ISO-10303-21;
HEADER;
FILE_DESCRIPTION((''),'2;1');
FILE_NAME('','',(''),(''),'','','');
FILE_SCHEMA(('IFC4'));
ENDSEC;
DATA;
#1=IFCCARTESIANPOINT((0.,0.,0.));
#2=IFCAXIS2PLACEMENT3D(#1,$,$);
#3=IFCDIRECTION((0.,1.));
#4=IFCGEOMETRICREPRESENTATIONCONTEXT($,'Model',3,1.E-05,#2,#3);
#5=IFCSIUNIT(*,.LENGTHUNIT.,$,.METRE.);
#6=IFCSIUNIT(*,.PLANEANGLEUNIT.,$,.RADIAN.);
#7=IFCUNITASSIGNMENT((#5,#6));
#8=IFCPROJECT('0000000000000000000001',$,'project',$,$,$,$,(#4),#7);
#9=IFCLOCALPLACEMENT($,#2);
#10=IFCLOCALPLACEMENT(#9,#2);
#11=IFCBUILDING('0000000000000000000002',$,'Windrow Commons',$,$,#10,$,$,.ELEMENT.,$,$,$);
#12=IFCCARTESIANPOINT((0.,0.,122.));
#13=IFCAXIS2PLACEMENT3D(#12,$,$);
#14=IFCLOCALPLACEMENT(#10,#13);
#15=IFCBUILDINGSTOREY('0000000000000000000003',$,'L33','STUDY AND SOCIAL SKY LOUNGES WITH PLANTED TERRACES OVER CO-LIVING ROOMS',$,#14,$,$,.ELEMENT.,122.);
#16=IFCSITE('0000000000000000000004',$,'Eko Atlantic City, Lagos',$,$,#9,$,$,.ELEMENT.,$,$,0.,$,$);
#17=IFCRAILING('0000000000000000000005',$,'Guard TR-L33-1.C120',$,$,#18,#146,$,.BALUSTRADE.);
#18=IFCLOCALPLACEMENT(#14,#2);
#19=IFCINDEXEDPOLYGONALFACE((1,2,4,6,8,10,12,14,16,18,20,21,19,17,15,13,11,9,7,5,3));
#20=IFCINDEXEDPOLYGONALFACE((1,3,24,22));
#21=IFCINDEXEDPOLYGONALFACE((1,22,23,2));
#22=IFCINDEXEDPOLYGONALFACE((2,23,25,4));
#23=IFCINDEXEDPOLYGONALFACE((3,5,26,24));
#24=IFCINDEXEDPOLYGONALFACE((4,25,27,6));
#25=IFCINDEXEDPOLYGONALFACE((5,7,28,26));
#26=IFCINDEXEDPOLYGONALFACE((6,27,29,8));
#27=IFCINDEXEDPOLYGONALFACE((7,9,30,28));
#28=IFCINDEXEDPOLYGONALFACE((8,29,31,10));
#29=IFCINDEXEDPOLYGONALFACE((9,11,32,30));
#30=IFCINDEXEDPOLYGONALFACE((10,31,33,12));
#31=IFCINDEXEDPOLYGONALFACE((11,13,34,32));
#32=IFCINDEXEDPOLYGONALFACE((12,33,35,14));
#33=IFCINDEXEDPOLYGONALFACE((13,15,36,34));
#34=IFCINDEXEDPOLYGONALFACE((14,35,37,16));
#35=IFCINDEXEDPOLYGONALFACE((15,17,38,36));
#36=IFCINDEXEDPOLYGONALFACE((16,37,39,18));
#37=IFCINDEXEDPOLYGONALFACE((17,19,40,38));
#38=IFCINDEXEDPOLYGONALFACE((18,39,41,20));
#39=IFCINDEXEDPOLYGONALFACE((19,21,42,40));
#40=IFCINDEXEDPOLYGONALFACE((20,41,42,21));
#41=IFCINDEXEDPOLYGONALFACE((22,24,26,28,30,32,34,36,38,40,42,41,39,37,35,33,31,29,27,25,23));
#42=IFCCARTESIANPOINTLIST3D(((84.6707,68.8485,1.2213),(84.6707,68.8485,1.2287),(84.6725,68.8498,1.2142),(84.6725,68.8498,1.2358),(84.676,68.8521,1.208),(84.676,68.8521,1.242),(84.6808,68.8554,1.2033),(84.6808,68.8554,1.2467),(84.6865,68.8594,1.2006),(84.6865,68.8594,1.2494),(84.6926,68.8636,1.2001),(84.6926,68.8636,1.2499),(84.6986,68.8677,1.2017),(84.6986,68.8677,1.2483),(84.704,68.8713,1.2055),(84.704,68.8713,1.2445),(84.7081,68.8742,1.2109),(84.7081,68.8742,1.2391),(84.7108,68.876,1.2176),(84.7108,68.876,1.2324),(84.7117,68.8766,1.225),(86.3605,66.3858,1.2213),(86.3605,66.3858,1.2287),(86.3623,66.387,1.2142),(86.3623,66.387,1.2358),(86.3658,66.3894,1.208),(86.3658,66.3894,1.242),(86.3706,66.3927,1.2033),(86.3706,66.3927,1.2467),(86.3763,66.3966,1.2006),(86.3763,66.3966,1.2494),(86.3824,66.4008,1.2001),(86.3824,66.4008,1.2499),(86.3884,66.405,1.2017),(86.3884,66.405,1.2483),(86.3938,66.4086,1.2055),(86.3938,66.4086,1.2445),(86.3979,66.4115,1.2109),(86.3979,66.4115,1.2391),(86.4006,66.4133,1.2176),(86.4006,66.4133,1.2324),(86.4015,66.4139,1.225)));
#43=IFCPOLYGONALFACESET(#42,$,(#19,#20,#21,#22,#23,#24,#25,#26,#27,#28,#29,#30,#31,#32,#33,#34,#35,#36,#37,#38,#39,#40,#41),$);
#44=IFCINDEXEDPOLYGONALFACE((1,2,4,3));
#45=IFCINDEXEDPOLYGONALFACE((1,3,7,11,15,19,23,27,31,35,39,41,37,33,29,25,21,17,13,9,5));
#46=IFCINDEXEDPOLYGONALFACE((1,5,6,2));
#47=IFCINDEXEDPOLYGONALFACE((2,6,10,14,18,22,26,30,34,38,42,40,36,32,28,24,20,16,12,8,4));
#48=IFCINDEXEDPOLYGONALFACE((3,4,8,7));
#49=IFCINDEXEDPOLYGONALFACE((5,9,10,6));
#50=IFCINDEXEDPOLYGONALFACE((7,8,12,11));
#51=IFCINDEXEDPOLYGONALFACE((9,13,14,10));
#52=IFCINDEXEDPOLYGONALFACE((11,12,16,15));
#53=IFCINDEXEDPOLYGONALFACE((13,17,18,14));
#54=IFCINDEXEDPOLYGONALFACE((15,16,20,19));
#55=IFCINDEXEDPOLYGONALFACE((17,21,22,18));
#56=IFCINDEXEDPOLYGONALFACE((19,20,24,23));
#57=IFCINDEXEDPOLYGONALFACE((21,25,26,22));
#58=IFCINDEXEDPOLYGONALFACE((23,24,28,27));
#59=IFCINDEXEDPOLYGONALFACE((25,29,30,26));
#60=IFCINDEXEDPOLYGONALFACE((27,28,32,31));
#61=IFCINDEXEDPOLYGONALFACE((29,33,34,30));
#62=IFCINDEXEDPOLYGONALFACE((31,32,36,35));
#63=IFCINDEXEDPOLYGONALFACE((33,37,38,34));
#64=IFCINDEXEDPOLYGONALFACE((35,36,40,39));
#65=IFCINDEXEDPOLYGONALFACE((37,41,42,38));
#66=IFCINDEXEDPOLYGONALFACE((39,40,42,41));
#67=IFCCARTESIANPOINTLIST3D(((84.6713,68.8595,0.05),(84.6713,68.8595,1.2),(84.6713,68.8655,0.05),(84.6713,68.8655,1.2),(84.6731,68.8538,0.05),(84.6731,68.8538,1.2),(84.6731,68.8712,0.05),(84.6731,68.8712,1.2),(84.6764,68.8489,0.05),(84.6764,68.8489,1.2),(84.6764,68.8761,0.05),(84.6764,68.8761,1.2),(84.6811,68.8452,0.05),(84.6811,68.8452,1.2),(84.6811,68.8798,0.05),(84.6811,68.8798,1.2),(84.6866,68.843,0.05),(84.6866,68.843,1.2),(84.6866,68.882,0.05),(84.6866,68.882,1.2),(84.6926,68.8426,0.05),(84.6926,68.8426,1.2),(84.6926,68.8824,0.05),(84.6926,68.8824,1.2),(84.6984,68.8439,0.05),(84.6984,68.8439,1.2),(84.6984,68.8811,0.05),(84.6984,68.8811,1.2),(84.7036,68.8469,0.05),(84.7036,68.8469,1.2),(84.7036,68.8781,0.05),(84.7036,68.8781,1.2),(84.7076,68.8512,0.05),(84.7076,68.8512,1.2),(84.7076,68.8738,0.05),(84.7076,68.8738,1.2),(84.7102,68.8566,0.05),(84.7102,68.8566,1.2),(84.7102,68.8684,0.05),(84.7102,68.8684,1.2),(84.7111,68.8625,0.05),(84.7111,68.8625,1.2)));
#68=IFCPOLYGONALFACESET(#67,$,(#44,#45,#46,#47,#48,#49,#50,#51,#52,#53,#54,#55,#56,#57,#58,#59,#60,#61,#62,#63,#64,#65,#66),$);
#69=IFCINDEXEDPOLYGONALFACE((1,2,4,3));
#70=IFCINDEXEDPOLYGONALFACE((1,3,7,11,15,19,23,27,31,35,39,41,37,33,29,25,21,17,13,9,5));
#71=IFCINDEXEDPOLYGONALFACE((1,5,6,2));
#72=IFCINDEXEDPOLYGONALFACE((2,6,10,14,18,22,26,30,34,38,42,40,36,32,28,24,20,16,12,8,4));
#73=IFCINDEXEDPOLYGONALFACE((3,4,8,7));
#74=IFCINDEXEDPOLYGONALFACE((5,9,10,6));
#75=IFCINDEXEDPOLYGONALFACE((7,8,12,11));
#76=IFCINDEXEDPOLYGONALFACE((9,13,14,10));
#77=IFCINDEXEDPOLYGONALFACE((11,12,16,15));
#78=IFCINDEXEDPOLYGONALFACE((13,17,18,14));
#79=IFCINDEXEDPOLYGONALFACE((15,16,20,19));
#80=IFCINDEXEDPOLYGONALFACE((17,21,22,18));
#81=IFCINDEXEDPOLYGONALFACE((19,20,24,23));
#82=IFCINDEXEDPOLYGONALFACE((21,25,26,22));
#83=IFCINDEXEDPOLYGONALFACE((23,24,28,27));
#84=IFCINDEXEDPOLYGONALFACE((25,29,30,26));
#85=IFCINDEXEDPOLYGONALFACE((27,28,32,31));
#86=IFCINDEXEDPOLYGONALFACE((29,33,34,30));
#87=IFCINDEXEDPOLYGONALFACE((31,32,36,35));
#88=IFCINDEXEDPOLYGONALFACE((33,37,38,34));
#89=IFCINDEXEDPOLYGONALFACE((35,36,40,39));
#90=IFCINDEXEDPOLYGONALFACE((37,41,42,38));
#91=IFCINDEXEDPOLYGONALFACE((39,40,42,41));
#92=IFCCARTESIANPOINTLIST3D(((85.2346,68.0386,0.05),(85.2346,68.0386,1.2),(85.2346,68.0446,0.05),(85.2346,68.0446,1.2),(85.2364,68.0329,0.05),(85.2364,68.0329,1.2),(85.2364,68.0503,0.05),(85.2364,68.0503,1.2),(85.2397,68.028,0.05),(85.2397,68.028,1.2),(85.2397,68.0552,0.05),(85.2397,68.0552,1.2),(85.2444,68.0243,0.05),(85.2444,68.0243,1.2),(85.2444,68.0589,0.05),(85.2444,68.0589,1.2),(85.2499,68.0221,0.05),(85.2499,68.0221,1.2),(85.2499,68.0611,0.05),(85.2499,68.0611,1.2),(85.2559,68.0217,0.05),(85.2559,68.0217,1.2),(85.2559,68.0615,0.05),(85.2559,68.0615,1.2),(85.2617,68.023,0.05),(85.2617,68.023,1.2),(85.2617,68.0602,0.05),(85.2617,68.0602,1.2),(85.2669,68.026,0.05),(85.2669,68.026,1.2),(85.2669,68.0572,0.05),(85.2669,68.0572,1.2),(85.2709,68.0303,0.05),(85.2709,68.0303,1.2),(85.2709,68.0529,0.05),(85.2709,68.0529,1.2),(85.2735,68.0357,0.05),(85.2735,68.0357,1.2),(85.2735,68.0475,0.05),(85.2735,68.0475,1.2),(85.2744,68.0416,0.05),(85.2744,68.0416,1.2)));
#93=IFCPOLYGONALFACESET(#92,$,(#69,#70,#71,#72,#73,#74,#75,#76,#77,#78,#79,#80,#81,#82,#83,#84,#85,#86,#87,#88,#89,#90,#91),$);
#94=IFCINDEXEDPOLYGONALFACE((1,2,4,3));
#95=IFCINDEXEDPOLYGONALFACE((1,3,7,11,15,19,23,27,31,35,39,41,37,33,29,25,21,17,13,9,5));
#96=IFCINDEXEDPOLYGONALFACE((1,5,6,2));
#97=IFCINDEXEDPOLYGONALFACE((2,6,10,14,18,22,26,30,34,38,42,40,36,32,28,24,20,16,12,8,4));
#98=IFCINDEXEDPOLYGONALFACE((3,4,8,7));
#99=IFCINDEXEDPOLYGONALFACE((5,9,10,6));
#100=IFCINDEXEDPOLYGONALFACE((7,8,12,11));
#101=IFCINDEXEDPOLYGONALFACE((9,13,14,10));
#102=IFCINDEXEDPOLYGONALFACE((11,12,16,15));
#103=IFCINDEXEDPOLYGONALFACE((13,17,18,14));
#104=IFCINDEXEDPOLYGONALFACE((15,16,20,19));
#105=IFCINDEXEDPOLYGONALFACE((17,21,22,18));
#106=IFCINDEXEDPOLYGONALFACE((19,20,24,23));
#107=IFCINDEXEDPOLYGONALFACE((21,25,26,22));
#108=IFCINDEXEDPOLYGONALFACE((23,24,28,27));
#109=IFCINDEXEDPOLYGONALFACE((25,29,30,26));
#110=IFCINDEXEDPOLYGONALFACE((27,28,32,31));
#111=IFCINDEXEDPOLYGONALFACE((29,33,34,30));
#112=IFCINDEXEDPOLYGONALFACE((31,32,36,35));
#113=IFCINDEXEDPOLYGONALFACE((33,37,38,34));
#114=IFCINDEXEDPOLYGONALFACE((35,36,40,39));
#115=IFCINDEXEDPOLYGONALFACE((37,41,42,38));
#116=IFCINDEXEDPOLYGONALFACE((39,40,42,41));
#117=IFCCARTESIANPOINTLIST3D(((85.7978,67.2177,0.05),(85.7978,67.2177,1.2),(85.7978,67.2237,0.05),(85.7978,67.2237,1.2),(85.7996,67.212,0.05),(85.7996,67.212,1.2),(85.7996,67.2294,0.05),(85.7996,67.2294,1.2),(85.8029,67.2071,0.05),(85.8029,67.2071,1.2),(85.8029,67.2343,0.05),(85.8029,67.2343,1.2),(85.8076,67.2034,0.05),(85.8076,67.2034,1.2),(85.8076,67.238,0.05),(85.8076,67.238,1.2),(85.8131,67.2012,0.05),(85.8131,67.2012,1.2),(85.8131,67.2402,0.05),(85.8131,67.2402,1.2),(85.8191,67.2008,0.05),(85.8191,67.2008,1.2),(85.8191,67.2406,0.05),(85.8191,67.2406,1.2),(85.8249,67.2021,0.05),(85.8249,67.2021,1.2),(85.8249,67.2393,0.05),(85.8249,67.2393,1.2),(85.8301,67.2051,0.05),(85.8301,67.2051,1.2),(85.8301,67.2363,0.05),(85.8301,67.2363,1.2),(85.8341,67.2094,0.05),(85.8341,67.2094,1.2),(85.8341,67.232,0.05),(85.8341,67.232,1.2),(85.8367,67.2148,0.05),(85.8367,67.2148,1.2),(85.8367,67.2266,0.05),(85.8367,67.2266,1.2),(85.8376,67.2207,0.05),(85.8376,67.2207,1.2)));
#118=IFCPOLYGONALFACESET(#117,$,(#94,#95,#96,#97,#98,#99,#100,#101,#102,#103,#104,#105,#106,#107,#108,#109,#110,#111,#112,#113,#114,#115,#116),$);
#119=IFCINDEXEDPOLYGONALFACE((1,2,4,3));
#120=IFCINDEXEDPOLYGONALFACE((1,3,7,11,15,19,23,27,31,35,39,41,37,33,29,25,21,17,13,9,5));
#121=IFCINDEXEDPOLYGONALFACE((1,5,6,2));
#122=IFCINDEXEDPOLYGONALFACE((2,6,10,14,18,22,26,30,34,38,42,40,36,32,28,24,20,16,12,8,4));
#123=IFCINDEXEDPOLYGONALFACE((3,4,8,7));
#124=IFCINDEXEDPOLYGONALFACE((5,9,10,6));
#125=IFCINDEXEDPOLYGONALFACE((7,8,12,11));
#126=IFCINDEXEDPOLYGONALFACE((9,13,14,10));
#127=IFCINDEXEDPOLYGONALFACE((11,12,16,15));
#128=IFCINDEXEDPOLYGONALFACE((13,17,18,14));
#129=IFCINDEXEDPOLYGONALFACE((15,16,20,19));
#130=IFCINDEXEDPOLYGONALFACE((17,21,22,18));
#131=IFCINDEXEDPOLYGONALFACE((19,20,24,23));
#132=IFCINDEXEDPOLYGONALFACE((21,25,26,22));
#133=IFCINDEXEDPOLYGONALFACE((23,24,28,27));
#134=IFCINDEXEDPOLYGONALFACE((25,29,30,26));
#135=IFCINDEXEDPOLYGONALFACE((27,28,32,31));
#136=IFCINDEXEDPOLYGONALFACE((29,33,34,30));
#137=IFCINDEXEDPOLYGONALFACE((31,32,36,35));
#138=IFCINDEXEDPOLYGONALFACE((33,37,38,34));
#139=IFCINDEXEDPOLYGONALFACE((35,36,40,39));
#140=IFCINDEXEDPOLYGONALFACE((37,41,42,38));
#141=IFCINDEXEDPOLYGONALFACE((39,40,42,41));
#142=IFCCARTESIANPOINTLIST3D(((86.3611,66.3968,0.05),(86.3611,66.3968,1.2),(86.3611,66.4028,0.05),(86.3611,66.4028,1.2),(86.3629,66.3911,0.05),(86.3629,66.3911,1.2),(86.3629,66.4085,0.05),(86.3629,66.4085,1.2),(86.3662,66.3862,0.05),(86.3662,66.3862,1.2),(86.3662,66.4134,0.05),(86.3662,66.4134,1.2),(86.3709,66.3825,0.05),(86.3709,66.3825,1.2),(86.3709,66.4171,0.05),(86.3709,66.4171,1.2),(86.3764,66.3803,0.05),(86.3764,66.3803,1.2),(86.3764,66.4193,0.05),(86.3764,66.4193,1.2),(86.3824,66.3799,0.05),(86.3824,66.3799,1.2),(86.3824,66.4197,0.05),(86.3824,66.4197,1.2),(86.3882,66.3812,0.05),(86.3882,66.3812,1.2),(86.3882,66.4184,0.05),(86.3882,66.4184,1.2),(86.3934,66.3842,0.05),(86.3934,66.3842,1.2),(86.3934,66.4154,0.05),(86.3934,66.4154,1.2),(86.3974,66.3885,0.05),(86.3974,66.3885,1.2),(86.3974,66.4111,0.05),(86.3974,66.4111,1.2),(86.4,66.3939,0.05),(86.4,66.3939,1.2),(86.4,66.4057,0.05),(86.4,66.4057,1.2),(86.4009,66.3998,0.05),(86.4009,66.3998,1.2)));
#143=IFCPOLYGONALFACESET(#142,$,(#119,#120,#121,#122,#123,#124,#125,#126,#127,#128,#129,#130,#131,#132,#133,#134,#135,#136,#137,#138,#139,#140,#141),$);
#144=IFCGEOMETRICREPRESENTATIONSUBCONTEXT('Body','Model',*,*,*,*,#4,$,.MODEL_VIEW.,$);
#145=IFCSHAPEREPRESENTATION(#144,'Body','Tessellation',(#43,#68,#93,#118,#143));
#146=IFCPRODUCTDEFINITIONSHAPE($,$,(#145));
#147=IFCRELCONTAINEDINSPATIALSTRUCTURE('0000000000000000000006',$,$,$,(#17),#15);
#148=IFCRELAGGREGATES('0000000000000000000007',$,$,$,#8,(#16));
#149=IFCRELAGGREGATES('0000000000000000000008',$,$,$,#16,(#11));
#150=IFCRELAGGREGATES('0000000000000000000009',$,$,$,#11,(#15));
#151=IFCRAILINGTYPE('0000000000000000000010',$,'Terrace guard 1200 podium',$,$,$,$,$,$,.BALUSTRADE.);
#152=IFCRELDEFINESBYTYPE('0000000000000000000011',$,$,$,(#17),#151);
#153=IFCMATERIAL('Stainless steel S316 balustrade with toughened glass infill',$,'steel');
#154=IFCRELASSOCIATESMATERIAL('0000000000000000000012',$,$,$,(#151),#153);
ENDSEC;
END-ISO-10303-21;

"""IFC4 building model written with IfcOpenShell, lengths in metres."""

from ifc_helpers import new_model, si_unit, direction, frame, origin, origin_2d, place, context, subcontext, project, spatial, circle, extrude, material, type_object, element, save


model = new_model("IFC4")

# Units and contexts
model_context = context("Model", 3, precision=1e-05, world=origin(), true_north=direction((0.0, 1.0)))
body_context = subcontext(model_context, "Body", "Model", "MODEL_VIEW")
ifc_project = project(units=[si_unit("LENGTHUNIT", "METRE"), si_unit("PLANEANGLEUNIT", "RADIAN")], contexts=[model_context])

# Site, building, storey
site_placement = place(None, origin())
site = spatial("IfcSite", under=ifc_project, at=site_placement, Name="Eko Atlantic City, Lagos", CompositionType="ELEMENT", RefElevation=0.0)
building_placement = place(site_placement, origin())
building = spatial("IfcBuilding", under=site, at=building_placement, Name="Windrow Commons", CompositionType="ELEMENT")
storey_placement = place(building_placement, frame((0.0, 0.0, 122.0)))
storey = spatial("IfcBuildingStorey", under=building, at=storey_placement, Name="L33", Description="STUDY AND SOCIAL SKY LOUNGES WITH PLANTED TERRACES OVER CO-LIVING ROOMS", CompositionType="ELEMENT", Elevation=122.0)

# Railing
ifc_material_1 = material(Name="Stainless steel S316 balustrade with toughened glass infill", Category="steel")
railing_type_1 = type_object("IfcRailingType", Name="Terrace guard 1200 podium", PredefinedType="BALUSTRADE", material=ifc_material_1)
railing_1_placement = place(storey_placement, frame((84.6911, 68.8625, 0.05)))
element("IfcRailing", 1, at=railing_1_placement, inside=storey, type_object=railing_type_1, Name="Guard TR-L33-1.C120", PredefinedType="BALUSTRADE", context=body_context, shape_type="SweptSolid", body=[
    extrude(circle(Radius=0.025, at=origin_2d()), frame((0.0, 0.0, 1.175), z_axis=(0.565777, -0.824558, 0.0), x_axis=(0.824558, 0.565777, 0.0)), (0.0, 0.0, 1.0), 2.9867),
    extrude(circle(Radius=0.02, at=origin_2d()), origin(), (0.0, 0.0, 1.0), 1.15),
    extrude(circle(Radius=0.02, at=origin_2d()), frame((0.5633, -0.8209, 0.0)), (0.0, 0.0, 1.0), 1.15),
    extrude(circle(Radius=0.02, at=origin_2d()), frame((1.1265, -1.6418, 0.0)), (0.0, 0.0, 1.0), 1.15),
    extrude(circle(Radius=0.02, at=origin_2d()), frame((1.6898, -2.4627, 0.0)), (0.0, 0.0, 1.0), 1.15),
])

save(model, "model.ifc")
